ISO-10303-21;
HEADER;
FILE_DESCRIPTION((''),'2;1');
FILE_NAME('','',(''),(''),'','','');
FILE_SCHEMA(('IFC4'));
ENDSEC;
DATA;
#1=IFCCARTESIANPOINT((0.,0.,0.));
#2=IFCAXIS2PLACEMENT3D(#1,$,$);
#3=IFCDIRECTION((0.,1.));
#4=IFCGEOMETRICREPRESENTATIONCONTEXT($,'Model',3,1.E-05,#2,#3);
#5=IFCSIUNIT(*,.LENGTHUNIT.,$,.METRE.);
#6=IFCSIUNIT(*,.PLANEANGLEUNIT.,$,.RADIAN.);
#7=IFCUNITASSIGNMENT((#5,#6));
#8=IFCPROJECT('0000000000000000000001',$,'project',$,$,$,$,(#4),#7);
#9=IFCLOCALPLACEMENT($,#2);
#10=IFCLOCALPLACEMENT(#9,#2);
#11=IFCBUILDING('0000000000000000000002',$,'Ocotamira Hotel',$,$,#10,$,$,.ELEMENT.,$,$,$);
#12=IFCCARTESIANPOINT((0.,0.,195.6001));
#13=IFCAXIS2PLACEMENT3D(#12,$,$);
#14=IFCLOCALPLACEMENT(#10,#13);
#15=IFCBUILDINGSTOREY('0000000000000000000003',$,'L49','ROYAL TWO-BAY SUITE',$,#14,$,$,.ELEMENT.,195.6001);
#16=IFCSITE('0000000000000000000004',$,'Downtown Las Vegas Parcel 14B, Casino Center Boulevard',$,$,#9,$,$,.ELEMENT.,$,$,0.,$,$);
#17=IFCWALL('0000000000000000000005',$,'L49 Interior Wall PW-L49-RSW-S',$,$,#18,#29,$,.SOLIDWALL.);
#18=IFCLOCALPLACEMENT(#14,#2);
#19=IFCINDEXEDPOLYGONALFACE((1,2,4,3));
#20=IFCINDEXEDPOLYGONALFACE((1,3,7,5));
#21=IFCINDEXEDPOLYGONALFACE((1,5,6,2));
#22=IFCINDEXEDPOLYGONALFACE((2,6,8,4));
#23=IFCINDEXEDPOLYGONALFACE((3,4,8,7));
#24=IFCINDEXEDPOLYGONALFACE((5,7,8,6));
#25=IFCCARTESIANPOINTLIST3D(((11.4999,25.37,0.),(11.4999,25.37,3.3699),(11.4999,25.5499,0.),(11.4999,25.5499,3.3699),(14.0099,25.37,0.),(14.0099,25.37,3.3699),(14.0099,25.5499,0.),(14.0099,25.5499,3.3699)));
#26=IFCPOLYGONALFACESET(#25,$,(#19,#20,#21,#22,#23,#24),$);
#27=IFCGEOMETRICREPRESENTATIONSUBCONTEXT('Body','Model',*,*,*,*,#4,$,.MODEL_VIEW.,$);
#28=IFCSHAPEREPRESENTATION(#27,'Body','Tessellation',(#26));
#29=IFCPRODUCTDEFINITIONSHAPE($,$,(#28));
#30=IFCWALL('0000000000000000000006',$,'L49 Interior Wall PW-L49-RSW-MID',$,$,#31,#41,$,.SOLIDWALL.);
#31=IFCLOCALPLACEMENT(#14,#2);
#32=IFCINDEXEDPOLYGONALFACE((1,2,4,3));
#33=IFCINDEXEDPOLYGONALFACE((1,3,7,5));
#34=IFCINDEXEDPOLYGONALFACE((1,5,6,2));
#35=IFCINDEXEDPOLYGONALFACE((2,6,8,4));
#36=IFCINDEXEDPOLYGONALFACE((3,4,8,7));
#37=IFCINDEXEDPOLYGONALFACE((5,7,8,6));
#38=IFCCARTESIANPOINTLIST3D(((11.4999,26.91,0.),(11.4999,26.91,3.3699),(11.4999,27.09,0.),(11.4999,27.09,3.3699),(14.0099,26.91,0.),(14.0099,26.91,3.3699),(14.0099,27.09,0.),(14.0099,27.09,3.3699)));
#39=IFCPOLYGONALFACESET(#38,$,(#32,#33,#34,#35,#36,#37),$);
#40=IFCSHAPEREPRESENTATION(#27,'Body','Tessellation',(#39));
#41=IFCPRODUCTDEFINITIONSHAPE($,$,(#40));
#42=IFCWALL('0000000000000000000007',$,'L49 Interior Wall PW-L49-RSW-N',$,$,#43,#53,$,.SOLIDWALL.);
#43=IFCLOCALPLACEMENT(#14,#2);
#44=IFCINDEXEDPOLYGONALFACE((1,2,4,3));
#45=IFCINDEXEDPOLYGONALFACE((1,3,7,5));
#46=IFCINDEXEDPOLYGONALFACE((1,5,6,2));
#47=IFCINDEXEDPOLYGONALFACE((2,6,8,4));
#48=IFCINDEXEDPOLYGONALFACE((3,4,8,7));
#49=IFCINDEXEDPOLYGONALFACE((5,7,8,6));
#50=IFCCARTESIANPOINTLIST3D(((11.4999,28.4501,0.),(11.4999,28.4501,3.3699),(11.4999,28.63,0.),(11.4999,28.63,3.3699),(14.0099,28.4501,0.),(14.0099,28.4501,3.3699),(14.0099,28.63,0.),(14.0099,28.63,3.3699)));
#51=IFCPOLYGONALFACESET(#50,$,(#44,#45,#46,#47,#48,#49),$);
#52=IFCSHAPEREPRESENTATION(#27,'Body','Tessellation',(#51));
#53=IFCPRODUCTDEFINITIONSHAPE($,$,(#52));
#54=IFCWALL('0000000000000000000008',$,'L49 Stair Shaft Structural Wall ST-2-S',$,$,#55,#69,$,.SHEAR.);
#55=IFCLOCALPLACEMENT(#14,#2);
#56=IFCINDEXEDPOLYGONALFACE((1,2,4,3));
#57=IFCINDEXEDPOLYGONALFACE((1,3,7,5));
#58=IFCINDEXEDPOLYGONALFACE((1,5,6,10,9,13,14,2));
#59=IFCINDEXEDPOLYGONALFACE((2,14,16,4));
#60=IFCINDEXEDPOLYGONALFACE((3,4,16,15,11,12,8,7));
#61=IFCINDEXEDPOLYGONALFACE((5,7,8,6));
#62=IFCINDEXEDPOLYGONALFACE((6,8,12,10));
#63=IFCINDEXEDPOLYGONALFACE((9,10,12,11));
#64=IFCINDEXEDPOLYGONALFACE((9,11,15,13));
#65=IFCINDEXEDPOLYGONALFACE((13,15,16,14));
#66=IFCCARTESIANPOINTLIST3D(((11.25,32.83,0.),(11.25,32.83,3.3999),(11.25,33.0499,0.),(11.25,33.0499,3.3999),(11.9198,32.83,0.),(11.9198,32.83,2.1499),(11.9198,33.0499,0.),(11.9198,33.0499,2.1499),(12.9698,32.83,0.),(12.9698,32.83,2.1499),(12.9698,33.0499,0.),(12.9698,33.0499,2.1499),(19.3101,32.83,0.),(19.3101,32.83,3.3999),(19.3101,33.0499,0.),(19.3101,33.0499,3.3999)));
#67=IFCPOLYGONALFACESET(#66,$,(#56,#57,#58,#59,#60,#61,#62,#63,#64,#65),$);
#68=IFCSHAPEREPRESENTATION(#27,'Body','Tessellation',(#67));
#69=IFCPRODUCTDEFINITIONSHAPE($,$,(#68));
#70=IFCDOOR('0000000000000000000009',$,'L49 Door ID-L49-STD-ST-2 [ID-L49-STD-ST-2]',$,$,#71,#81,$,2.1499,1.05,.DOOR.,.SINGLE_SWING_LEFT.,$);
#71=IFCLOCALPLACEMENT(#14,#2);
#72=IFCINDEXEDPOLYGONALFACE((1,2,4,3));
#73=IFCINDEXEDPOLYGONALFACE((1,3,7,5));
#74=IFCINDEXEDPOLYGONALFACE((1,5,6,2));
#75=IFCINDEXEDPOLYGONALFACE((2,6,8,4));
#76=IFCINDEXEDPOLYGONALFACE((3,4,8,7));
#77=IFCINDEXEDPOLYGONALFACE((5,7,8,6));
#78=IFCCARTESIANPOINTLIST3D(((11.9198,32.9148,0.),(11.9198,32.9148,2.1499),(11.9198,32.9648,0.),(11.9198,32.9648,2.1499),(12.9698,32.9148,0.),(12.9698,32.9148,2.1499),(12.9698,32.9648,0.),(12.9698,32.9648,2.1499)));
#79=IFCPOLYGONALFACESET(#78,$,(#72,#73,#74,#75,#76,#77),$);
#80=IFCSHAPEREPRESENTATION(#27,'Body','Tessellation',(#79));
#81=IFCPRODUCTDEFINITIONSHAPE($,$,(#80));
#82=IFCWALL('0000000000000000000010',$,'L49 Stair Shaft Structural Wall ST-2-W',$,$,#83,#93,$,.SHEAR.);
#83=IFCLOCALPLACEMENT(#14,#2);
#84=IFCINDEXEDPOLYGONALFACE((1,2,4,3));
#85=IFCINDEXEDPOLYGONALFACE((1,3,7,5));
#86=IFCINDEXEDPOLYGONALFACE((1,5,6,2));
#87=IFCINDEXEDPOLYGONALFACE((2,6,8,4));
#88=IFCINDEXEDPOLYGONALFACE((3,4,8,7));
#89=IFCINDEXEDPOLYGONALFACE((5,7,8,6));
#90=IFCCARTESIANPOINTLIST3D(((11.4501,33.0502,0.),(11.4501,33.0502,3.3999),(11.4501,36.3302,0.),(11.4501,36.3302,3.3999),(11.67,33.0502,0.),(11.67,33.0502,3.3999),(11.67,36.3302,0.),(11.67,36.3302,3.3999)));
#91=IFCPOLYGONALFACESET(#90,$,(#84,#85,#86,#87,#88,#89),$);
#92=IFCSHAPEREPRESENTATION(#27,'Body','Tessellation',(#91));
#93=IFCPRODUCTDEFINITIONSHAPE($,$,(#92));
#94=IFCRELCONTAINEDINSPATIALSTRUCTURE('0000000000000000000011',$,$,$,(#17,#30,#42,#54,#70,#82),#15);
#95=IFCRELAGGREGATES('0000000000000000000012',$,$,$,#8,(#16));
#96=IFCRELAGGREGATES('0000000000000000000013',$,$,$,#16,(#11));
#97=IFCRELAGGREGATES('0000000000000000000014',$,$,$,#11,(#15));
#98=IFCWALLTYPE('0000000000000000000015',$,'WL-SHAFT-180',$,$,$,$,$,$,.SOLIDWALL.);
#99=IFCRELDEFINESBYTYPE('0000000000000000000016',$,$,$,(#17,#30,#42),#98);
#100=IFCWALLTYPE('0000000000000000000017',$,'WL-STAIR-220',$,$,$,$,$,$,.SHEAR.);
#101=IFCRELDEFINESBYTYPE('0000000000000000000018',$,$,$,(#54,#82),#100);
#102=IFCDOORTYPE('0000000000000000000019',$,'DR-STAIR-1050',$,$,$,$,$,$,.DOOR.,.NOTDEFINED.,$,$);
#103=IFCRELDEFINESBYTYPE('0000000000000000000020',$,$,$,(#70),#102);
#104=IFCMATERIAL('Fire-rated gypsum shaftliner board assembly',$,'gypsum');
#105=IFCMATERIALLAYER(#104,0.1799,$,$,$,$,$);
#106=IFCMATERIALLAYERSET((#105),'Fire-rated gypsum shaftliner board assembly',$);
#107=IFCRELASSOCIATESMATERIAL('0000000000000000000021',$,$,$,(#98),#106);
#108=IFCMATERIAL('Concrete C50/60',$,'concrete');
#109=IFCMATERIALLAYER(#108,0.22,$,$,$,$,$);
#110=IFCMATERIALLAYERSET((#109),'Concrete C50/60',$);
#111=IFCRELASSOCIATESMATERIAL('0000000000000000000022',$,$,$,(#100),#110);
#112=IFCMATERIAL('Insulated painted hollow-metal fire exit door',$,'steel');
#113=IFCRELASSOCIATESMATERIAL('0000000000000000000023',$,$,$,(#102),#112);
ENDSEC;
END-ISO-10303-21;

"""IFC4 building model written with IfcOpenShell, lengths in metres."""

from ifc_helpers import new_model, si_unit, direction, frame, frame_2d, origin, place, context, subcontext, project, spatial, rectangle, extrude, source, transform, mapped, material, layer, layer_set, type_object, element, fill, save


model = new_model("IFC4")

# Units and contexts
model_context = context("Model", 3, precision=1e-05, world=origin(), true_north=direction((0.0, 1.0)))
body_context = subcontext(model_context, "Body", "Model", "MODEL_VIEW")
ifc_project = project(units=[si_unit("LENGTHUNIT", "METRE"), si_unit("PLANEANGLEUNIT", "RADIAN")], contexts=[model_context])

# Site, building, storey
site_placement = place(None, origin())
site = spatial("IfcSite", under=ifc_project, at=site_placement, Name="Downtown Las Vegas Parcel 14B, Casino Center Boulevard", CompositionType="ELEMENT", RefElevation=0.0)
building_placement = place(site_placement, origin())
building = spatial("IfcBuilding", under=site, at=building_placement, Name="Ocotamira Hotel", CompositionType="ELEMENT")
storey_placement = place(building_placement, frame((0.0, 0.0, 195.6001)))
storey = spatial("IfcBuildingStorey", under=building, at=storey_placement, Name="L49", Description="ROYAL TWO-BAY SUITE", CompositionType="ELEMENT", Elevation=195.6001)

# Walls
ifc_material_1 = material(Name="Fire-rated gypsum shaftliner board assembly", Category="gypsum")
ifc_layer_1 = layer(ifc_material_1, 0.1799)
ifc_layer_set_1 = layer_set([ifc_layer_1], Name="Fire-rated gypsum shaftliner board assembly")
wall_type_1 = type_object("IfcWallType", Name="WL-SHAFT-180", PredefinedType="SOLIDWALL", material=ifc_layer_set_1)
for number, where, z_axis, x_axis, name in (
    (1, (11.5, 25.46, 0.0), (0.0, 0.0, 1.0), (1.0, 0.0, 0.0), "L49 Interior Wall PW-L49-RSW-S"),
    (2, (11.5, 27.0, 0.0), (0.0, 0.0, 1.0), (1.0, 0.0, 0.0), "L49 Interior Wall PW-L49-RSW-MID"),
    (3, (11.5, 28.54, 0.0), (0.0, 0.0, 1.0), (1.0, 0.0, 0.0), "L49 Interior Wall PW-L49-RSW-N"),
):
    element("IfcWall", number, at=place(storey_placement, frame(where, z_axis=z_axis, x_axis=x_axis)), inside=storey, type_object=wall_type_1, Name=name, PredefinedType="SOLIDWALL", context=body_context, shape_type="SweptSolid", body=[
        extrude(rectangle(XDim=2.51, YDim=0.1799, at=frame_2d((1.2549, 0.0))), origin(), (0.0, 0.0, 1.0), 3.3699),
    ])

# Wall, opening, door
ifc_material_2 = material(Name="Concrete C50/60", Category="concrete")
ifc_layer_2 = layer(ifc_material_2, 0.22)
ifc_layer_set_2 = layer_set([ifc_layer_2], Name="Concrete C50/60")
wall_type_2 = type_object("IfcWallType", Name="WL-STAIR-220", PredefinedType="SHEAR", material=ifc_layer_set_2)
wall_1_placement = place(storey_placement, frame((11.25, 32.9399, 0.0), z_axis=(0.0, 0.0, 1.0), x_axis=(1.0, 0.0, 0.0)))
wall_1 = element("IfcWall", 4, at=wall_1_placement, inside=storey, type_object=wall_type_2, Name="L49 Stair Shaft Structural Wall ST-2-S", PredefinedType="SHEAR", context=body_context, shape_type="SweptSolid", body=[
    extrude(rectangle(XDim=8.0601, YDim=0.22, at=frame_2d((4.03, 0.0))), origin(), (0.0, 0.0, 1.0), 3.3999),
])
opening_1_placement = place(wall_1_placement, frame((0.6699, 0.0, 0.0)))
opening_1 = element("IfcOpeningElement", 5, at=opening_1_placement, cuts=wall_1, PredefinedType="OPENING", context=body_context, shape_type="SweptSolid", body=[
    extrude(rectangle(XDim=1.05, YDim=2.1499, at=frame_2d((0.5249, 1.075))), frame((0.0, 0.1201, 0.0), z_axis=(0.0, -1.0, 0.0), x_axis=(1.0, 0.0, 0.0)), (0.0, 0.0, 1.0), 0.24),
])
ifc_material_3 = material(Name="Insulated painted hollow-metal fire exit door", Category="steel")
door_type_1 = type_object("IfcDoorType", Name="DR-STAIR-1050", OperationType="NOTDEFINED", PredefinedType="DOOR", material=ifc_material_3)
shared_shape_1 = source(origin(), body_context, "Body", "SweptSolid", [
    extrude(rectangle(XDim=1.05, YDim=2.1499, at=frame_2d((0.5249, 1.075))), frame((0.0, 0.0249, 0.0), z_axis=(0.0, -1.0, 0.0), x_axis=(1.0, 0.0, 0.0)), (0.0, 0.0, 1.0), 0.05),
])
door_1_placement = place(opening_1_placement, origin())
door_1 = element("IfcDoor", 6, at=door_1_placement, inside=storey, type_object=door_type_1, Name="L49 Door ID-L49-STD-ST-2 [ID-L49-STD-ST-2]", OperationType="SINGLE_SWING_LEFT", OverallHeight=2.1499, OverallWidth=1.05, PredefinedType="DOOR", context=body_context, shape_type="MappedRepresentation", body=[
    mapped(shared_shape_1, transform((0.0, 0.0, 0.0), scale=1.0)),
])
fill(opening_1, door_1)

# Wall
wall_2_placement = place(storey_placement, frame((11.5601, 33.05, 0.0), z_axis=(0.0, 0.0, 1.0), x_axis=(0.0, 1.0, 0.0)))
element("IfcWall", 7, at=wall_2_placement, inside=storey, type_object=wall_type_2, Name="L49 Stair Shaft Structural Wall ST-2-W", PredefinedType="SHEAR", context=body_context, shape_type="SweptSolid", body=[
    extrude(rectangle(XDim=3.28, YDim=0.22, at=frame_2d((1.6401, 0.0))), origin(), (0.0, 0.0, 1.0), 3.3999),
])

save(model, "model.ifc")
